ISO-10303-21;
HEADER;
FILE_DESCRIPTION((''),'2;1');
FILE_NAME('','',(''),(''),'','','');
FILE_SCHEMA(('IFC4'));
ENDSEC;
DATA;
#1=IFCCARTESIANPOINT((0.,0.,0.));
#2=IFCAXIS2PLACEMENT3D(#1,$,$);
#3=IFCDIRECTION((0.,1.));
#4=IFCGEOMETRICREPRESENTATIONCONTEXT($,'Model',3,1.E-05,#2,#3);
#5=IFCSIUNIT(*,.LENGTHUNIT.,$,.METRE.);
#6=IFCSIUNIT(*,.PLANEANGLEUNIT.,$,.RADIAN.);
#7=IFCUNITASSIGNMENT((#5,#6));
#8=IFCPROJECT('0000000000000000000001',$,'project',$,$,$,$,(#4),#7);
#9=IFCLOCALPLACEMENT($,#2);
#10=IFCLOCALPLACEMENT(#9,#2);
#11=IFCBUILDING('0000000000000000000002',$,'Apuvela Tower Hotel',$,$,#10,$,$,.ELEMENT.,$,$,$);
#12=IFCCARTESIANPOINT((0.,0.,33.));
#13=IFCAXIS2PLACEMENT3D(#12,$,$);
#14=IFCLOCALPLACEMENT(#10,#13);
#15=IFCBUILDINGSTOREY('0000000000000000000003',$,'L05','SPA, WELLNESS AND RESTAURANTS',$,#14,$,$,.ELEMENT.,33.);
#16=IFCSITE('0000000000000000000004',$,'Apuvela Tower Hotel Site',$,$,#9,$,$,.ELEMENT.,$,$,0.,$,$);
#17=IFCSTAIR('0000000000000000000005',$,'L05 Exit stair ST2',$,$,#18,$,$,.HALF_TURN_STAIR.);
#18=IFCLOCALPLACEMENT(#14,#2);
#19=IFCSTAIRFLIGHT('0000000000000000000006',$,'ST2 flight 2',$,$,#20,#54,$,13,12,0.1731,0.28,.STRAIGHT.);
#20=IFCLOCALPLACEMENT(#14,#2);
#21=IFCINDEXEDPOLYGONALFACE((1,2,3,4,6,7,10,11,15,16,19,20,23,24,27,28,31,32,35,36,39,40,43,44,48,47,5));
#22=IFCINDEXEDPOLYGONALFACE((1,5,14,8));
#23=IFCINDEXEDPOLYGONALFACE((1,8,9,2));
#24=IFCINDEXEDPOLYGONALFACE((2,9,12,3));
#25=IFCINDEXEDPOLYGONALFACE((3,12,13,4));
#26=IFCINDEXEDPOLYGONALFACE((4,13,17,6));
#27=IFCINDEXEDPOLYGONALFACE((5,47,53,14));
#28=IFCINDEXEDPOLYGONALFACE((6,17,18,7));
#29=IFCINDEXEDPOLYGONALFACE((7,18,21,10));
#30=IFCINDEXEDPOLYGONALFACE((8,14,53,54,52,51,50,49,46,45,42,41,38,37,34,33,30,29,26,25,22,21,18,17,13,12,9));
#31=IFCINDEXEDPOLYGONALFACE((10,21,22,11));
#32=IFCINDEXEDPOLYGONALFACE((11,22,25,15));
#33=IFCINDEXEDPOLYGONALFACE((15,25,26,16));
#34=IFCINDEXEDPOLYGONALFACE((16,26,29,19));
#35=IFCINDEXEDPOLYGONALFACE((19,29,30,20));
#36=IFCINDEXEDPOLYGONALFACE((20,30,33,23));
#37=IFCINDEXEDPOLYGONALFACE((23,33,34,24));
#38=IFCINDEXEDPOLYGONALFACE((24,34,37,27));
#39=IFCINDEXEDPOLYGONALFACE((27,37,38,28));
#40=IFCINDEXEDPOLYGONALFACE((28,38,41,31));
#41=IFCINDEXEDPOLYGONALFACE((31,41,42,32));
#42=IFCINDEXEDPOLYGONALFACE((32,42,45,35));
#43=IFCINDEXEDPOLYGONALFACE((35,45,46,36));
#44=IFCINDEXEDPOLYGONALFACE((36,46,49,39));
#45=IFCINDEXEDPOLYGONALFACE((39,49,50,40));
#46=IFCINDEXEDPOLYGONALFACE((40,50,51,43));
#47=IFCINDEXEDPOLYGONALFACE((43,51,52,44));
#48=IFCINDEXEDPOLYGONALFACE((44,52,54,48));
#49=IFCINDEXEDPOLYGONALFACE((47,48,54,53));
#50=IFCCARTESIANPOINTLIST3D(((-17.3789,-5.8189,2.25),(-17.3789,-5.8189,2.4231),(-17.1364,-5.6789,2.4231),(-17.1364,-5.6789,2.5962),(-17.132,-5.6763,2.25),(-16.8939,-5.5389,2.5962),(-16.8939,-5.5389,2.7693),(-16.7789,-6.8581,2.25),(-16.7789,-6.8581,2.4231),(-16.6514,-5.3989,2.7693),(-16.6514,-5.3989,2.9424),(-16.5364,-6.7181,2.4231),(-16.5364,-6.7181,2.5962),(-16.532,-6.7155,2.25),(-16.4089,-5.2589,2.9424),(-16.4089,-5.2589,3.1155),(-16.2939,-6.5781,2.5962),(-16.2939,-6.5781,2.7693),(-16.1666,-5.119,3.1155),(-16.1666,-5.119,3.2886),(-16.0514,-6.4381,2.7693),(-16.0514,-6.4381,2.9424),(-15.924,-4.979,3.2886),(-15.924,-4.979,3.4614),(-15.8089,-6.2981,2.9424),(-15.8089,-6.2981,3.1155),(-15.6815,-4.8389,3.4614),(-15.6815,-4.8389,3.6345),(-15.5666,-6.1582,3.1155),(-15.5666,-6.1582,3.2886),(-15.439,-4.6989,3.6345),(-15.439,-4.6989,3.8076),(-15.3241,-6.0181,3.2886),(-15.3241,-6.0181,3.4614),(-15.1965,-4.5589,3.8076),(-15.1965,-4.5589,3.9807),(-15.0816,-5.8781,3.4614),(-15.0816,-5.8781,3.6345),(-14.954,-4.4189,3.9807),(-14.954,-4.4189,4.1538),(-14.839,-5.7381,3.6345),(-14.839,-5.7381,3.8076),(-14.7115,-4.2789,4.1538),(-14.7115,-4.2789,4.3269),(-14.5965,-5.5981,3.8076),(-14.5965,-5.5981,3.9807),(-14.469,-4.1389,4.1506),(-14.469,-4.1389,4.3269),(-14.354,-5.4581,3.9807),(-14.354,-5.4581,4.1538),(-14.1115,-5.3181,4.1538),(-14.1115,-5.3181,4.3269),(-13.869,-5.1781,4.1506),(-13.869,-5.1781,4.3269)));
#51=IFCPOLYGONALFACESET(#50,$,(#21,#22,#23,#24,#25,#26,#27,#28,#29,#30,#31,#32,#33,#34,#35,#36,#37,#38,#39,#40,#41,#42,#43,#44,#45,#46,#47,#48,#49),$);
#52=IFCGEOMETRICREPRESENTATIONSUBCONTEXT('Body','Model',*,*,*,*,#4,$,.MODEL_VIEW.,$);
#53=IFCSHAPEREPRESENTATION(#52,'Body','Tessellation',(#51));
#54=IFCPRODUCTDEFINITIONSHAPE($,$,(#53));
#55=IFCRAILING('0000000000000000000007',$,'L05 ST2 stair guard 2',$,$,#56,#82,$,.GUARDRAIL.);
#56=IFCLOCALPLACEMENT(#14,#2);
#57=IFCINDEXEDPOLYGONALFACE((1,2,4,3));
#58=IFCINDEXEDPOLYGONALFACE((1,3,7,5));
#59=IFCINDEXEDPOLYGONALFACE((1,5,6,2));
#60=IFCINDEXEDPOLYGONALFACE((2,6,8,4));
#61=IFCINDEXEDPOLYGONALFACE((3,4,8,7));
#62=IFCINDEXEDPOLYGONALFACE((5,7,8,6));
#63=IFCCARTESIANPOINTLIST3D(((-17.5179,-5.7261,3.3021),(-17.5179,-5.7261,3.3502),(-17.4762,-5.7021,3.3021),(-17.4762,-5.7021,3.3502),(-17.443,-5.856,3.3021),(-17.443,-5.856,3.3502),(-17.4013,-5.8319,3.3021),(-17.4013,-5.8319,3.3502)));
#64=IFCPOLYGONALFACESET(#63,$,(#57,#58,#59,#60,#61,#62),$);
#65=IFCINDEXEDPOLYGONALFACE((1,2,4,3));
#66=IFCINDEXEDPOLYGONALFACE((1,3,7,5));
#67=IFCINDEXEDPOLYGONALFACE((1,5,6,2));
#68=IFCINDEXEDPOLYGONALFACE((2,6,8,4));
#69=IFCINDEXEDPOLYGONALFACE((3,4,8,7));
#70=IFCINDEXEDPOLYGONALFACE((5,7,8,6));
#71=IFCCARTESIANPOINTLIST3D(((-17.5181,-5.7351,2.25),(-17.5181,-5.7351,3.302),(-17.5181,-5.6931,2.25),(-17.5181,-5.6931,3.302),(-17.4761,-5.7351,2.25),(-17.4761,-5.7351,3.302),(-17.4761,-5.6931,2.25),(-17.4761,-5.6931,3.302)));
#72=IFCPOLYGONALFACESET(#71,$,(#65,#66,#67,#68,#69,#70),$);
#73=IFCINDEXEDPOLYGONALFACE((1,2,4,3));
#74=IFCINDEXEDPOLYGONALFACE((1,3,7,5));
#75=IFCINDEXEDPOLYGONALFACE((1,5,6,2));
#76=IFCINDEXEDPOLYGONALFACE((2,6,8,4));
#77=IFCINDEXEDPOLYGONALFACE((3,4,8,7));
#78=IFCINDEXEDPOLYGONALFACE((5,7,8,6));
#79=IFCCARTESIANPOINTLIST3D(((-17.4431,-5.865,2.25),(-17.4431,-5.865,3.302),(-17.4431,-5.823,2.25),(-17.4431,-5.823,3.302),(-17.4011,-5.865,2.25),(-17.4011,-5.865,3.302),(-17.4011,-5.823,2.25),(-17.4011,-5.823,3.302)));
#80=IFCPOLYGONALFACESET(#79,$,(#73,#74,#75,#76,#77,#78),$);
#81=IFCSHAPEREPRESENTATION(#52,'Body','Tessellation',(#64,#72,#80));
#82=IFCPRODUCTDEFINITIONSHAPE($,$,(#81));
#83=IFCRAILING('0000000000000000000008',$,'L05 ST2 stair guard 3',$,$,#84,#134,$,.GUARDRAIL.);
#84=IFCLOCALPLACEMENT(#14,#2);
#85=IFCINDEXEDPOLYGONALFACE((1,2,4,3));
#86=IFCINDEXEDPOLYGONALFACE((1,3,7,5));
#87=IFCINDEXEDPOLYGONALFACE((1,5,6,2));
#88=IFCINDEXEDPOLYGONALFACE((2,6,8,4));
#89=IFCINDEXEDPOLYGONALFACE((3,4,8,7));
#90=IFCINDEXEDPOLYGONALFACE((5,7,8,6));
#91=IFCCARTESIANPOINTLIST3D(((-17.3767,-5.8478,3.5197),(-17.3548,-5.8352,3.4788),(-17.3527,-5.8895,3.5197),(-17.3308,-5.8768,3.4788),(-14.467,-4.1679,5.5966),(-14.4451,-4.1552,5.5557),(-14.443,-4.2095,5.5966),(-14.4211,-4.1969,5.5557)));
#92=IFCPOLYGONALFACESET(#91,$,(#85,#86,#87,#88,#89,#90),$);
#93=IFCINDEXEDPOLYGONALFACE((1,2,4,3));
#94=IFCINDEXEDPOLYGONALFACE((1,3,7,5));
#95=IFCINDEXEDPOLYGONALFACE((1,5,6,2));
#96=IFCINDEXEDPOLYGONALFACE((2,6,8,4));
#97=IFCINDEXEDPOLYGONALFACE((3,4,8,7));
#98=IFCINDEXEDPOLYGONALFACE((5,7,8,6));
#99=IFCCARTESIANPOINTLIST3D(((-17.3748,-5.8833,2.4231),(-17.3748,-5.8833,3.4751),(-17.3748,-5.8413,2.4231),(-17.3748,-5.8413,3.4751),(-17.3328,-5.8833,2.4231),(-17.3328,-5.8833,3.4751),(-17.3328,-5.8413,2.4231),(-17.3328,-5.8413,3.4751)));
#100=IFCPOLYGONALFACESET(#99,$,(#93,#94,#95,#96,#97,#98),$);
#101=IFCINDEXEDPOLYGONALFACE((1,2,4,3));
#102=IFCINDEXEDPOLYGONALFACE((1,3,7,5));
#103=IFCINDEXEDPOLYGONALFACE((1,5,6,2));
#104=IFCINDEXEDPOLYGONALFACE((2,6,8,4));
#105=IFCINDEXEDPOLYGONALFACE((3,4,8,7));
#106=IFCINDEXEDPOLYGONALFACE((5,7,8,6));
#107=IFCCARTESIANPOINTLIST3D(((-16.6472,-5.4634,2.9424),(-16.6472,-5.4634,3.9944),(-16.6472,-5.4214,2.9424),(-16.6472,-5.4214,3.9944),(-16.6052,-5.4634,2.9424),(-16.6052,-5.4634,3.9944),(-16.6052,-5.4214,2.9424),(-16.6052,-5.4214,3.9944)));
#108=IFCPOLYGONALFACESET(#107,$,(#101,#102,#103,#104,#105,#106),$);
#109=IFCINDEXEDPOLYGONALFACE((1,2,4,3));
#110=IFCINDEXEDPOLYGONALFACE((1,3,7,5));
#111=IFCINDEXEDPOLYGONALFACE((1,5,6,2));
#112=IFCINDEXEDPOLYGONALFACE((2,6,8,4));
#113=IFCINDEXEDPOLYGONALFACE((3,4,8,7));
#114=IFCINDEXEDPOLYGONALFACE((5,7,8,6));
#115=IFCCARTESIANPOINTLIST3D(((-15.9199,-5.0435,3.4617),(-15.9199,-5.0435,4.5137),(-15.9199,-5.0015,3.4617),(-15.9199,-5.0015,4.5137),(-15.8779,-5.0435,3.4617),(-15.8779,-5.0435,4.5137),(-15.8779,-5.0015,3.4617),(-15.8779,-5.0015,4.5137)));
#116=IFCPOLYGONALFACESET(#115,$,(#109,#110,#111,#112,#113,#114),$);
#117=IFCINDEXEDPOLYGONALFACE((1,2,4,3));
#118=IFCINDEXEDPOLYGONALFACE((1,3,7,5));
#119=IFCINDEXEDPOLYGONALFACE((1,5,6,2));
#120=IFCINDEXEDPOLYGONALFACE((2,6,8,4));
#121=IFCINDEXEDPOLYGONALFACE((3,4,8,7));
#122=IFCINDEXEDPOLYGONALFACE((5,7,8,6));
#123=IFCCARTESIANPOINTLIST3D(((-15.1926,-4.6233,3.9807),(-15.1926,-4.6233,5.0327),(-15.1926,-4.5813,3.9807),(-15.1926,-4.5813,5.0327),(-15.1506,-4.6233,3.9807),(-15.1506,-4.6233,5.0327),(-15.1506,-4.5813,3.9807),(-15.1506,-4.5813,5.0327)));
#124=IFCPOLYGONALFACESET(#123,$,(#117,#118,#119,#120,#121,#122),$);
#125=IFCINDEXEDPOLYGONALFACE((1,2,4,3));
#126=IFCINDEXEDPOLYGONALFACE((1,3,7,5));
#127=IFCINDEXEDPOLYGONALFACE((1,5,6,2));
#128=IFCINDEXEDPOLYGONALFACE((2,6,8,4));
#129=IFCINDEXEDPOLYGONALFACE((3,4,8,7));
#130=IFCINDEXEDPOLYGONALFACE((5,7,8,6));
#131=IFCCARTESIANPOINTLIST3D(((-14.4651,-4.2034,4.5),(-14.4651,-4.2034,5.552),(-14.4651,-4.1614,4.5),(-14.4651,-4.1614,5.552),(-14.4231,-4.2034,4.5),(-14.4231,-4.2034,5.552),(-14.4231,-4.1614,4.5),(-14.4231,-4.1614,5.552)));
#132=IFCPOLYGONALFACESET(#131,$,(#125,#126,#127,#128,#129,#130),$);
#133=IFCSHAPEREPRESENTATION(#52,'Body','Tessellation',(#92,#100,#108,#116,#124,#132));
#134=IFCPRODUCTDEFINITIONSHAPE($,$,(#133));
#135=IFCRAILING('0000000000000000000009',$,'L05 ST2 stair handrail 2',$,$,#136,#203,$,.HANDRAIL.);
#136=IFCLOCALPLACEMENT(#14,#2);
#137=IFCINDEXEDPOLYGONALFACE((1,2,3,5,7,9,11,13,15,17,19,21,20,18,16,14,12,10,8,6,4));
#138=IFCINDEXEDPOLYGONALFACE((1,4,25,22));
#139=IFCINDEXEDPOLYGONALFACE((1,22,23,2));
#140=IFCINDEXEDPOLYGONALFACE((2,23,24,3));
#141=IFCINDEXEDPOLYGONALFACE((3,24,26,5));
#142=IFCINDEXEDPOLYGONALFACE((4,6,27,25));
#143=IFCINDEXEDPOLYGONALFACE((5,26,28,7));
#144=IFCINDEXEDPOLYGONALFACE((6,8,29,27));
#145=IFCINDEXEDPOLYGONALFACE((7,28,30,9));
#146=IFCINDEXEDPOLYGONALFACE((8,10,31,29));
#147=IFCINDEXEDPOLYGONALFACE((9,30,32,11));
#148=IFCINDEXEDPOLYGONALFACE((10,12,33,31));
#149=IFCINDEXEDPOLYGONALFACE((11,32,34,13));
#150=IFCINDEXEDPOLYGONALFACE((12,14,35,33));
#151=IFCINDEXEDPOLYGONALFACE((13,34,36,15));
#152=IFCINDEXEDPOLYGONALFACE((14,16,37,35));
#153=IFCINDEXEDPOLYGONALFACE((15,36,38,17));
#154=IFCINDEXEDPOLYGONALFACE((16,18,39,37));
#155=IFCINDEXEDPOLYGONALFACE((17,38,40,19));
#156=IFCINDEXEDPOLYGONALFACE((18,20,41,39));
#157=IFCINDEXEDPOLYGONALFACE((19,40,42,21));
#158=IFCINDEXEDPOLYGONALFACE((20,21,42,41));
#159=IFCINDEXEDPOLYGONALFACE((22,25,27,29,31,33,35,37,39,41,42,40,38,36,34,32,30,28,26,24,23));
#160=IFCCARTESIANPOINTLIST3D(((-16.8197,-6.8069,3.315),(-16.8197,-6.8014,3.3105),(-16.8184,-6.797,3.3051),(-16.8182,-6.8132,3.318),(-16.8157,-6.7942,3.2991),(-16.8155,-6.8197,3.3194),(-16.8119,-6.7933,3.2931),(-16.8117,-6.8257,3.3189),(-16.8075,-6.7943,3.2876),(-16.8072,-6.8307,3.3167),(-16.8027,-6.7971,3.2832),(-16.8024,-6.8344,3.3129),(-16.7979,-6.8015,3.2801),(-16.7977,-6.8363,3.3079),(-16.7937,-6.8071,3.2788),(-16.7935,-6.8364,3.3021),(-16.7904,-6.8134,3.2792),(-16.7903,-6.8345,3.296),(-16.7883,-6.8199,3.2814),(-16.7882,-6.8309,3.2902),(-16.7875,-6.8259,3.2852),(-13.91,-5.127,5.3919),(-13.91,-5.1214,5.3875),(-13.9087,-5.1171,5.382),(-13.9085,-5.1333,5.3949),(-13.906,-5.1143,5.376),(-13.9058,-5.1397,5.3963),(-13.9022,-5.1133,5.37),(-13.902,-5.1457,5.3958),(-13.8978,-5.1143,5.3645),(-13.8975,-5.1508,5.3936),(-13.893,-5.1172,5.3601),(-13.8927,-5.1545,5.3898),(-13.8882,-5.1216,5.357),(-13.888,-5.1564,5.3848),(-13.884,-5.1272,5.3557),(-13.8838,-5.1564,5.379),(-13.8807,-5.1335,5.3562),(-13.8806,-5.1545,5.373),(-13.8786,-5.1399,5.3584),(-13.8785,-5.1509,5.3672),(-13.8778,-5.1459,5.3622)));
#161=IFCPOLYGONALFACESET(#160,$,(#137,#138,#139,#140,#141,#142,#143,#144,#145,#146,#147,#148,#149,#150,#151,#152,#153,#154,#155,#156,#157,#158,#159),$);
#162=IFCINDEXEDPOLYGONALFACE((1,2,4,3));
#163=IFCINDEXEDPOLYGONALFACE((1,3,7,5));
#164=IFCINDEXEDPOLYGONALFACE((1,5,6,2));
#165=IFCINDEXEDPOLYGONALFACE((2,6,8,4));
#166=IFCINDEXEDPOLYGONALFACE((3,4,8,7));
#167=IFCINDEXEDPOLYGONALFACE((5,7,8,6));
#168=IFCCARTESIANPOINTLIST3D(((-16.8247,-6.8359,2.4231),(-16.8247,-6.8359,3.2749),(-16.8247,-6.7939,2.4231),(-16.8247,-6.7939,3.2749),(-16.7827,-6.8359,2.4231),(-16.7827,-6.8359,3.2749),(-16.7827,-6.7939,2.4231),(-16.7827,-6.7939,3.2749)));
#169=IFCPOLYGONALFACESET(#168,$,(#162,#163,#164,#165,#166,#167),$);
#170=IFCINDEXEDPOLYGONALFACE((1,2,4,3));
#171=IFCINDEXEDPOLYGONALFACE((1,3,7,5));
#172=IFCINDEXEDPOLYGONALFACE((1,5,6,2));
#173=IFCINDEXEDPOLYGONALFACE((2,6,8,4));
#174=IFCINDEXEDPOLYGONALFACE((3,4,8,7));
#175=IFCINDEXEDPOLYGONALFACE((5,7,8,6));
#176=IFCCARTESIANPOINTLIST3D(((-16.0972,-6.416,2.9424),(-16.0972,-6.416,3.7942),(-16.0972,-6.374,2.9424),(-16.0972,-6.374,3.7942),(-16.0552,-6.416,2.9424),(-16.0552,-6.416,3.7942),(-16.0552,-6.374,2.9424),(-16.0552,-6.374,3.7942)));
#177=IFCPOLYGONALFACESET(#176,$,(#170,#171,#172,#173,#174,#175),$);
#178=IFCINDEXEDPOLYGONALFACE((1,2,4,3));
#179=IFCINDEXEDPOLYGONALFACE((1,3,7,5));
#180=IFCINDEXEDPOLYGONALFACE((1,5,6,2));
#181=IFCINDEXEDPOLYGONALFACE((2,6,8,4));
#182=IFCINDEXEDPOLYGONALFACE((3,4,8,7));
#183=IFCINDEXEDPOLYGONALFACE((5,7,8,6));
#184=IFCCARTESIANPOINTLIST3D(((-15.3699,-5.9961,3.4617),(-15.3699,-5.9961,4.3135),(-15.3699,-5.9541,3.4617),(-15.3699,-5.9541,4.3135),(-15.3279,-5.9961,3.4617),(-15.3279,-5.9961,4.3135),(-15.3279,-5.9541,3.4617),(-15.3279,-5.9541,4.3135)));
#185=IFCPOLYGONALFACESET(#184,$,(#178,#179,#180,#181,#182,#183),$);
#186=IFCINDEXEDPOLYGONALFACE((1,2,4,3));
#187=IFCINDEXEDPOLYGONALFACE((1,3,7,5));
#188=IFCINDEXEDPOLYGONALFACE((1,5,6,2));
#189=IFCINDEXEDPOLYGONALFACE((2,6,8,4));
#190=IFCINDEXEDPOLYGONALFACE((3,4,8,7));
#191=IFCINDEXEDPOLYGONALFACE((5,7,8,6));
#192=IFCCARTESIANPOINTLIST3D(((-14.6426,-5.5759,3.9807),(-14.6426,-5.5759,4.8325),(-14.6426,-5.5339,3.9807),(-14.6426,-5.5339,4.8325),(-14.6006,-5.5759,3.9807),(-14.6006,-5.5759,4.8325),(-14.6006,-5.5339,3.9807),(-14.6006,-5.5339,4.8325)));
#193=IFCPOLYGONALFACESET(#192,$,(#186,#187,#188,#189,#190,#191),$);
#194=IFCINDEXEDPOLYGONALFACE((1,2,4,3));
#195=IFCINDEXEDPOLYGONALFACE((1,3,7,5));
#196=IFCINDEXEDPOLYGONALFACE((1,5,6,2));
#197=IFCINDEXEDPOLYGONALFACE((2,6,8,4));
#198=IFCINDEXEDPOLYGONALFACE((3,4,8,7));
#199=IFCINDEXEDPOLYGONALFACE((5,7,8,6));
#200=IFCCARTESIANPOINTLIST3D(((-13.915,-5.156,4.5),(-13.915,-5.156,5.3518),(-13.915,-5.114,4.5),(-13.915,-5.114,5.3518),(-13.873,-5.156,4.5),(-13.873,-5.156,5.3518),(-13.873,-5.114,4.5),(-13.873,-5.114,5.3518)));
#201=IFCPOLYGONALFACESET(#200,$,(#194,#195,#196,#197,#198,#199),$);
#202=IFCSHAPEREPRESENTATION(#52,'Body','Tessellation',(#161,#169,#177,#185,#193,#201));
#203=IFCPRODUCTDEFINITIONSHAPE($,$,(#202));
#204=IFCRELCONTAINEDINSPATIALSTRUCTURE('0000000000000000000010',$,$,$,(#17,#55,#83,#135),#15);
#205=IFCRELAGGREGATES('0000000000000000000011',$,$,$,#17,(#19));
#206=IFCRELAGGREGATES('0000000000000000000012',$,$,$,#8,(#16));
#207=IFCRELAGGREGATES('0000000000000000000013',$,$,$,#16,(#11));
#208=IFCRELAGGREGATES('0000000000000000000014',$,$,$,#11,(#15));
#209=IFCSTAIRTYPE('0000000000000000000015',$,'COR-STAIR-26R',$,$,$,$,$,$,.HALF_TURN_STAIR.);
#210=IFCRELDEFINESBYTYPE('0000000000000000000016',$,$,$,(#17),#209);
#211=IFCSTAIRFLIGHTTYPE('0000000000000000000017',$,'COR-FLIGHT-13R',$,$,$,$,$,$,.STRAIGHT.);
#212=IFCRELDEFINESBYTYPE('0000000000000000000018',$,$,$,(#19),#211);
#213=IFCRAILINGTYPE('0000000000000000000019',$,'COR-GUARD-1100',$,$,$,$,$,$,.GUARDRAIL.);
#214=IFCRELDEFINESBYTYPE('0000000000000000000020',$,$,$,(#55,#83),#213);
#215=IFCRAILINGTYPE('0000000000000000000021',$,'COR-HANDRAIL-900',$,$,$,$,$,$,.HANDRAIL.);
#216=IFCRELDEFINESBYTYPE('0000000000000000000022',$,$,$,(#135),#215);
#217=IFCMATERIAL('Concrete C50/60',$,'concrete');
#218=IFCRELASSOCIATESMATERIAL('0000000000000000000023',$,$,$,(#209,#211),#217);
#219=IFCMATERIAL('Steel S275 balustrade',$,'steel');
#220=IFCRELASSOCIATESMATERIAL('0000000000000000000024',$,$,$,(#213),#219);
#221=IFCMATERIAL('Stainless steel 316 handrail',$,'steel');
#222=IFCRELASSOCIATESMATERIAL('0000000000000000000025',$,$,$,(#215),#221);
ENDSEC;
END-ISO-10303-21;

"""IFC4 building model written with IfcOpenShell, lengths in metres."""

from ifc_helpers import new_model, si_unit, direction, frame, origin, origin_2d, place, context, subcontext, project, spatial, polyline, rectangle, circle, outline, extrude, material, type_object, element, aggregate, save


model = new_model("IFC4")

# Units and contexts
model_context = context("Model", 3, precision=1e-05, world=origin(), true_north=direction((0.0, 1.0)))
body_context = subcontext(model_context, "Body", "Model", "MODEL_VIEW")
ifc_project = project(units=[si_unit("LENGTHUNIT", "METRE"), si_unit("PLANEANGLEUNIT", "RADIAN")], contexts=[model_context])

# Site, building, storey
site_placement = place(None, origin())
site = spatial("IfcSite", under=ifc_project, at=site_placement, Name="Apuvela Tower Hotel Site", CompositionType="ELEMENT", RefElevation=0.0)
building_placement = place(site_placement, origin())
building = spatial("IfcBuilding", under=site, at=building_placement, Name="Apuvela Tower Hotel", CompositionType="ELEMENT")
storey_placement = place(building_placement, frame((0.0, 0.0, 33.0)))
storey = spatial("IfcBuildingStorey", under=building, at=storey_placement, Name="L05", Description="SPA, WELLNESS AND RESTAURANTS", CompositionType="ELEMENT", Elevation=33.0)

# Shared definitions
ifc_material_1 = material(Name="Concrete C50/60", Category="concrete")

# Stair, stair flight
stair_type = type_object("IfcStairType", Name="COR-STAIR-26R", PredefinedType="HALF_TURN_STAIR", material=ifc_material_1)
stair_placement = place(storey_placement, origin())
stair = element("IfcStair", 1, at=stair_placement, inside=storey, type_object=stair_type, Name="L05 Exit stair ST2", PredefinedType="HALF_TURN_STAIR")
stair_flight_type = type_object("IfcStairFlightType", Name="COR-FLIGHT-13R", PredefinedType="STRAIGHT", material=ifc_material_1)
stair_flight_placement = place(storey_placement, frame((-17.0789, -6.3386, 2.25), z_axis=(0.0, 0.0, 1.0), x_axis=(0.866025, 0.5, 0.0)))
stair_flight = element("IfcStairFlight", 2, at=stair_flight_placement, type_object=stair_flight_type, Name="ST2 flight 2", NumberOfRisers=13, NumberOfTreads=12, PredefinedType="STRAIGHT", RiserHeight=0.1731, TreadLength=0.28, context=body_context, shape_type="SweptSolid", body=[
    extrude(outline(polyline([(0.0, 0.0), (0.0, 0.1731), (0.28, 0.1731), (0.28, 0.3462), (0.5601, 0.3462), (0.5601, 0.5193), (0.8401, 0.5193), (0.8401, 0.6924), (1.1201, 0.6924), (1.1201, 0.8655), (1.3999, 0.8655), (1.3999, 1.0386), (1.6799, 1.0386), (1.6799, 1.2114), (1.96, 1.2114), (1.96, 1.3845), (2.24, 1.3845), (2.24, 1.5576), (2.52, 1.5576), (2.52, 1.7307), (2.8, 1.7307), (2.8, 1.9038), (3.0801, 1.9038), (3.0801, 2.0769), (3.3601, 2.0769), (3.3601, 2.25), (3.3601, 1.9006), (0.2852, 0.0), (0.0, 0.0)])), frame((0.0, 0.6001, 0.0), z_axis=(0.0, -1.0, 0.0), x_axis=(1.0, 0.0, 0.0)), (0.0, 0.0, 1.0), 1.2),
])
aggregate(stair, [stair_flight])

# Railings
ifc_material_2 = material(Name="Steel S275 balustrade", Category="steel")
railing_type_1 = type_object("IfcRailingType", Name="COR-GUARD-1100", PredefinedType="GUARDRAIL", material=ifc_material_2)
railing_1_placement = place(storey_placement, frame((-17.4971, -5.7141, 2.25)))
element("IfcRailing", 3, at=railing_1_placement, inside=storey, type_object=railing_type_1, Name="L05 ST2 stair guard 2", PredefinedType="GUARDRAIL", context=body_context, shape_type="SweptSolid", body=[
    extrude(rectangle(XDim=0.0481, YDim=0.0481, at=origin_2d()), frame((0.0, 0.0, 1.0762), z_axis=(0.499816, -0.866131, 0.0), x_axis=(0.866131, 0.499816, 0.0)), (0.0, 0.0, 1.0), 0.1499),
    extrude(rectangle(XDim=0.042, YDim=0.042, at=origin_2d()), origin(), (0.0, 0.0, 1.0), 1.052),
    extrude(rectangle(XDim=0.042, YDim=0.042, at=origin_2d()), frame((0.075, -0.1299, 0.0)), (0.0, 0.0, 1.0), 1.052),
])
railing_2_placement = place(storey_placement, frame((-17.3538, -5.8623, 2.4231)))
element("IfcRailing", 4, at=railing_2_placement, inside=storey, type_object=railing_type_1, Name="L05 ST2 stair guard 3", PredefinedType="GUARDRAIL", context=body_context, shape_type="SweptSolid", body=[
    extrude(rectangle(XDim=0.0481, YDim=0.0481, at=origin_2d()), frame((0.0, 0.0, 1.0762), z_axis=(0.73664, 0.425308, 0.525809), x_axis=(-0.500008, 0.866021, 0.0)), (0.0, 0.0, 1.0), 3.95),
    extrude(rectangle(XDim=0.042, YDim=0.042, at=origin_2d()), origin(), (0.0, 0.0, 1.0), 1.052),
    extrude(rectangle(XDim=0.042, YDim=0.042, at=origin_2d()), frame((0.7275, 0.4199, 0.5193)), (0.0, 0.0, 1.0), 1.052),
    extrude(rectangle(XDim=0.042, YDim=0.042, at=origin_2d()), frame((1.4548, 0.8398, 1.0386)), (0.0, 0.0, 1.0), 1.052),
    extrude(rectangle(XDim=0.042, YDim=0.042, at=origin_2d()), frame((2.1821, 1.26, 1.5576)), (0.0, 0.0, 1.0), 1.052),
    extrude(rectangle(XDim=0.042, YDim=0.042, at=origin_2d()), frame((2.9097, 1.6799, 2.0769)), (0.0, 0.0, 1.0), 1.052),
])
ifc_material_3 = material(Name="Stainless steel 316 handrail", Category="steel")
railing_type_2 = type_object("IfcRailingType", Name="COR-HANDRAIL-900", PredefinedType="HANDRAIL", material=ifc_material_3)
railing_3_placement = place(storey_placement, frame((-16.8037, -6.8149, 2.4231)))
element("IfcRailing", 5, at=railing_3_placement, inside=storey, type_object=railing_type_2, Name="L05 ST2 stair handrail 2", PredefinedType="HANDRAIL", context=body_context, shape_type="SweptSolid", body=[
    extrude(circle(Radius=0.0239, at=origin_2d()), frame((0.0, 0.0, 0.876), z_axis=(0.73664, 0.425308, 0.525809), x_axis=(-0.500008, 0.866021, 0.0)), (0.0, 0.0, 1.0), 3.95),
    extrude(rectangle(XDim=0.042, YDim=0.042, at=origin_2d()), origin(), (0.0, 0.0, 1.0), 0.8518),
    extrude(rectangle(XDim=0.042, YDim=0.042, at=origin_2d()), frame((0.7275, 0.4199, 0.5193)), (0.0, 0.0, 1.0), 0.8518),
    extrude(rectangle(XDim=0.042, YDim=0.042, at=origin_2d()), frame((1.4548, 0.8398, 1.0386)), (0.0, 0.0, 1.0), 0.8518),
    extrude(rectangle(XDim=0.042, YDim=0.042, at=origin_2d()), frame((2.1821, 1.26, 1.5576)), (0.0, 0.0, 1.0), 0.8518),
    extrude(rectangle(XDim=0.042, YDim=0.042, at=origin_2d()), frame((2.9097, 1.6799, 2.0769)), (0.0, 0.0, 1.0), 0.8518),
])

save(model, "model.ifc")
